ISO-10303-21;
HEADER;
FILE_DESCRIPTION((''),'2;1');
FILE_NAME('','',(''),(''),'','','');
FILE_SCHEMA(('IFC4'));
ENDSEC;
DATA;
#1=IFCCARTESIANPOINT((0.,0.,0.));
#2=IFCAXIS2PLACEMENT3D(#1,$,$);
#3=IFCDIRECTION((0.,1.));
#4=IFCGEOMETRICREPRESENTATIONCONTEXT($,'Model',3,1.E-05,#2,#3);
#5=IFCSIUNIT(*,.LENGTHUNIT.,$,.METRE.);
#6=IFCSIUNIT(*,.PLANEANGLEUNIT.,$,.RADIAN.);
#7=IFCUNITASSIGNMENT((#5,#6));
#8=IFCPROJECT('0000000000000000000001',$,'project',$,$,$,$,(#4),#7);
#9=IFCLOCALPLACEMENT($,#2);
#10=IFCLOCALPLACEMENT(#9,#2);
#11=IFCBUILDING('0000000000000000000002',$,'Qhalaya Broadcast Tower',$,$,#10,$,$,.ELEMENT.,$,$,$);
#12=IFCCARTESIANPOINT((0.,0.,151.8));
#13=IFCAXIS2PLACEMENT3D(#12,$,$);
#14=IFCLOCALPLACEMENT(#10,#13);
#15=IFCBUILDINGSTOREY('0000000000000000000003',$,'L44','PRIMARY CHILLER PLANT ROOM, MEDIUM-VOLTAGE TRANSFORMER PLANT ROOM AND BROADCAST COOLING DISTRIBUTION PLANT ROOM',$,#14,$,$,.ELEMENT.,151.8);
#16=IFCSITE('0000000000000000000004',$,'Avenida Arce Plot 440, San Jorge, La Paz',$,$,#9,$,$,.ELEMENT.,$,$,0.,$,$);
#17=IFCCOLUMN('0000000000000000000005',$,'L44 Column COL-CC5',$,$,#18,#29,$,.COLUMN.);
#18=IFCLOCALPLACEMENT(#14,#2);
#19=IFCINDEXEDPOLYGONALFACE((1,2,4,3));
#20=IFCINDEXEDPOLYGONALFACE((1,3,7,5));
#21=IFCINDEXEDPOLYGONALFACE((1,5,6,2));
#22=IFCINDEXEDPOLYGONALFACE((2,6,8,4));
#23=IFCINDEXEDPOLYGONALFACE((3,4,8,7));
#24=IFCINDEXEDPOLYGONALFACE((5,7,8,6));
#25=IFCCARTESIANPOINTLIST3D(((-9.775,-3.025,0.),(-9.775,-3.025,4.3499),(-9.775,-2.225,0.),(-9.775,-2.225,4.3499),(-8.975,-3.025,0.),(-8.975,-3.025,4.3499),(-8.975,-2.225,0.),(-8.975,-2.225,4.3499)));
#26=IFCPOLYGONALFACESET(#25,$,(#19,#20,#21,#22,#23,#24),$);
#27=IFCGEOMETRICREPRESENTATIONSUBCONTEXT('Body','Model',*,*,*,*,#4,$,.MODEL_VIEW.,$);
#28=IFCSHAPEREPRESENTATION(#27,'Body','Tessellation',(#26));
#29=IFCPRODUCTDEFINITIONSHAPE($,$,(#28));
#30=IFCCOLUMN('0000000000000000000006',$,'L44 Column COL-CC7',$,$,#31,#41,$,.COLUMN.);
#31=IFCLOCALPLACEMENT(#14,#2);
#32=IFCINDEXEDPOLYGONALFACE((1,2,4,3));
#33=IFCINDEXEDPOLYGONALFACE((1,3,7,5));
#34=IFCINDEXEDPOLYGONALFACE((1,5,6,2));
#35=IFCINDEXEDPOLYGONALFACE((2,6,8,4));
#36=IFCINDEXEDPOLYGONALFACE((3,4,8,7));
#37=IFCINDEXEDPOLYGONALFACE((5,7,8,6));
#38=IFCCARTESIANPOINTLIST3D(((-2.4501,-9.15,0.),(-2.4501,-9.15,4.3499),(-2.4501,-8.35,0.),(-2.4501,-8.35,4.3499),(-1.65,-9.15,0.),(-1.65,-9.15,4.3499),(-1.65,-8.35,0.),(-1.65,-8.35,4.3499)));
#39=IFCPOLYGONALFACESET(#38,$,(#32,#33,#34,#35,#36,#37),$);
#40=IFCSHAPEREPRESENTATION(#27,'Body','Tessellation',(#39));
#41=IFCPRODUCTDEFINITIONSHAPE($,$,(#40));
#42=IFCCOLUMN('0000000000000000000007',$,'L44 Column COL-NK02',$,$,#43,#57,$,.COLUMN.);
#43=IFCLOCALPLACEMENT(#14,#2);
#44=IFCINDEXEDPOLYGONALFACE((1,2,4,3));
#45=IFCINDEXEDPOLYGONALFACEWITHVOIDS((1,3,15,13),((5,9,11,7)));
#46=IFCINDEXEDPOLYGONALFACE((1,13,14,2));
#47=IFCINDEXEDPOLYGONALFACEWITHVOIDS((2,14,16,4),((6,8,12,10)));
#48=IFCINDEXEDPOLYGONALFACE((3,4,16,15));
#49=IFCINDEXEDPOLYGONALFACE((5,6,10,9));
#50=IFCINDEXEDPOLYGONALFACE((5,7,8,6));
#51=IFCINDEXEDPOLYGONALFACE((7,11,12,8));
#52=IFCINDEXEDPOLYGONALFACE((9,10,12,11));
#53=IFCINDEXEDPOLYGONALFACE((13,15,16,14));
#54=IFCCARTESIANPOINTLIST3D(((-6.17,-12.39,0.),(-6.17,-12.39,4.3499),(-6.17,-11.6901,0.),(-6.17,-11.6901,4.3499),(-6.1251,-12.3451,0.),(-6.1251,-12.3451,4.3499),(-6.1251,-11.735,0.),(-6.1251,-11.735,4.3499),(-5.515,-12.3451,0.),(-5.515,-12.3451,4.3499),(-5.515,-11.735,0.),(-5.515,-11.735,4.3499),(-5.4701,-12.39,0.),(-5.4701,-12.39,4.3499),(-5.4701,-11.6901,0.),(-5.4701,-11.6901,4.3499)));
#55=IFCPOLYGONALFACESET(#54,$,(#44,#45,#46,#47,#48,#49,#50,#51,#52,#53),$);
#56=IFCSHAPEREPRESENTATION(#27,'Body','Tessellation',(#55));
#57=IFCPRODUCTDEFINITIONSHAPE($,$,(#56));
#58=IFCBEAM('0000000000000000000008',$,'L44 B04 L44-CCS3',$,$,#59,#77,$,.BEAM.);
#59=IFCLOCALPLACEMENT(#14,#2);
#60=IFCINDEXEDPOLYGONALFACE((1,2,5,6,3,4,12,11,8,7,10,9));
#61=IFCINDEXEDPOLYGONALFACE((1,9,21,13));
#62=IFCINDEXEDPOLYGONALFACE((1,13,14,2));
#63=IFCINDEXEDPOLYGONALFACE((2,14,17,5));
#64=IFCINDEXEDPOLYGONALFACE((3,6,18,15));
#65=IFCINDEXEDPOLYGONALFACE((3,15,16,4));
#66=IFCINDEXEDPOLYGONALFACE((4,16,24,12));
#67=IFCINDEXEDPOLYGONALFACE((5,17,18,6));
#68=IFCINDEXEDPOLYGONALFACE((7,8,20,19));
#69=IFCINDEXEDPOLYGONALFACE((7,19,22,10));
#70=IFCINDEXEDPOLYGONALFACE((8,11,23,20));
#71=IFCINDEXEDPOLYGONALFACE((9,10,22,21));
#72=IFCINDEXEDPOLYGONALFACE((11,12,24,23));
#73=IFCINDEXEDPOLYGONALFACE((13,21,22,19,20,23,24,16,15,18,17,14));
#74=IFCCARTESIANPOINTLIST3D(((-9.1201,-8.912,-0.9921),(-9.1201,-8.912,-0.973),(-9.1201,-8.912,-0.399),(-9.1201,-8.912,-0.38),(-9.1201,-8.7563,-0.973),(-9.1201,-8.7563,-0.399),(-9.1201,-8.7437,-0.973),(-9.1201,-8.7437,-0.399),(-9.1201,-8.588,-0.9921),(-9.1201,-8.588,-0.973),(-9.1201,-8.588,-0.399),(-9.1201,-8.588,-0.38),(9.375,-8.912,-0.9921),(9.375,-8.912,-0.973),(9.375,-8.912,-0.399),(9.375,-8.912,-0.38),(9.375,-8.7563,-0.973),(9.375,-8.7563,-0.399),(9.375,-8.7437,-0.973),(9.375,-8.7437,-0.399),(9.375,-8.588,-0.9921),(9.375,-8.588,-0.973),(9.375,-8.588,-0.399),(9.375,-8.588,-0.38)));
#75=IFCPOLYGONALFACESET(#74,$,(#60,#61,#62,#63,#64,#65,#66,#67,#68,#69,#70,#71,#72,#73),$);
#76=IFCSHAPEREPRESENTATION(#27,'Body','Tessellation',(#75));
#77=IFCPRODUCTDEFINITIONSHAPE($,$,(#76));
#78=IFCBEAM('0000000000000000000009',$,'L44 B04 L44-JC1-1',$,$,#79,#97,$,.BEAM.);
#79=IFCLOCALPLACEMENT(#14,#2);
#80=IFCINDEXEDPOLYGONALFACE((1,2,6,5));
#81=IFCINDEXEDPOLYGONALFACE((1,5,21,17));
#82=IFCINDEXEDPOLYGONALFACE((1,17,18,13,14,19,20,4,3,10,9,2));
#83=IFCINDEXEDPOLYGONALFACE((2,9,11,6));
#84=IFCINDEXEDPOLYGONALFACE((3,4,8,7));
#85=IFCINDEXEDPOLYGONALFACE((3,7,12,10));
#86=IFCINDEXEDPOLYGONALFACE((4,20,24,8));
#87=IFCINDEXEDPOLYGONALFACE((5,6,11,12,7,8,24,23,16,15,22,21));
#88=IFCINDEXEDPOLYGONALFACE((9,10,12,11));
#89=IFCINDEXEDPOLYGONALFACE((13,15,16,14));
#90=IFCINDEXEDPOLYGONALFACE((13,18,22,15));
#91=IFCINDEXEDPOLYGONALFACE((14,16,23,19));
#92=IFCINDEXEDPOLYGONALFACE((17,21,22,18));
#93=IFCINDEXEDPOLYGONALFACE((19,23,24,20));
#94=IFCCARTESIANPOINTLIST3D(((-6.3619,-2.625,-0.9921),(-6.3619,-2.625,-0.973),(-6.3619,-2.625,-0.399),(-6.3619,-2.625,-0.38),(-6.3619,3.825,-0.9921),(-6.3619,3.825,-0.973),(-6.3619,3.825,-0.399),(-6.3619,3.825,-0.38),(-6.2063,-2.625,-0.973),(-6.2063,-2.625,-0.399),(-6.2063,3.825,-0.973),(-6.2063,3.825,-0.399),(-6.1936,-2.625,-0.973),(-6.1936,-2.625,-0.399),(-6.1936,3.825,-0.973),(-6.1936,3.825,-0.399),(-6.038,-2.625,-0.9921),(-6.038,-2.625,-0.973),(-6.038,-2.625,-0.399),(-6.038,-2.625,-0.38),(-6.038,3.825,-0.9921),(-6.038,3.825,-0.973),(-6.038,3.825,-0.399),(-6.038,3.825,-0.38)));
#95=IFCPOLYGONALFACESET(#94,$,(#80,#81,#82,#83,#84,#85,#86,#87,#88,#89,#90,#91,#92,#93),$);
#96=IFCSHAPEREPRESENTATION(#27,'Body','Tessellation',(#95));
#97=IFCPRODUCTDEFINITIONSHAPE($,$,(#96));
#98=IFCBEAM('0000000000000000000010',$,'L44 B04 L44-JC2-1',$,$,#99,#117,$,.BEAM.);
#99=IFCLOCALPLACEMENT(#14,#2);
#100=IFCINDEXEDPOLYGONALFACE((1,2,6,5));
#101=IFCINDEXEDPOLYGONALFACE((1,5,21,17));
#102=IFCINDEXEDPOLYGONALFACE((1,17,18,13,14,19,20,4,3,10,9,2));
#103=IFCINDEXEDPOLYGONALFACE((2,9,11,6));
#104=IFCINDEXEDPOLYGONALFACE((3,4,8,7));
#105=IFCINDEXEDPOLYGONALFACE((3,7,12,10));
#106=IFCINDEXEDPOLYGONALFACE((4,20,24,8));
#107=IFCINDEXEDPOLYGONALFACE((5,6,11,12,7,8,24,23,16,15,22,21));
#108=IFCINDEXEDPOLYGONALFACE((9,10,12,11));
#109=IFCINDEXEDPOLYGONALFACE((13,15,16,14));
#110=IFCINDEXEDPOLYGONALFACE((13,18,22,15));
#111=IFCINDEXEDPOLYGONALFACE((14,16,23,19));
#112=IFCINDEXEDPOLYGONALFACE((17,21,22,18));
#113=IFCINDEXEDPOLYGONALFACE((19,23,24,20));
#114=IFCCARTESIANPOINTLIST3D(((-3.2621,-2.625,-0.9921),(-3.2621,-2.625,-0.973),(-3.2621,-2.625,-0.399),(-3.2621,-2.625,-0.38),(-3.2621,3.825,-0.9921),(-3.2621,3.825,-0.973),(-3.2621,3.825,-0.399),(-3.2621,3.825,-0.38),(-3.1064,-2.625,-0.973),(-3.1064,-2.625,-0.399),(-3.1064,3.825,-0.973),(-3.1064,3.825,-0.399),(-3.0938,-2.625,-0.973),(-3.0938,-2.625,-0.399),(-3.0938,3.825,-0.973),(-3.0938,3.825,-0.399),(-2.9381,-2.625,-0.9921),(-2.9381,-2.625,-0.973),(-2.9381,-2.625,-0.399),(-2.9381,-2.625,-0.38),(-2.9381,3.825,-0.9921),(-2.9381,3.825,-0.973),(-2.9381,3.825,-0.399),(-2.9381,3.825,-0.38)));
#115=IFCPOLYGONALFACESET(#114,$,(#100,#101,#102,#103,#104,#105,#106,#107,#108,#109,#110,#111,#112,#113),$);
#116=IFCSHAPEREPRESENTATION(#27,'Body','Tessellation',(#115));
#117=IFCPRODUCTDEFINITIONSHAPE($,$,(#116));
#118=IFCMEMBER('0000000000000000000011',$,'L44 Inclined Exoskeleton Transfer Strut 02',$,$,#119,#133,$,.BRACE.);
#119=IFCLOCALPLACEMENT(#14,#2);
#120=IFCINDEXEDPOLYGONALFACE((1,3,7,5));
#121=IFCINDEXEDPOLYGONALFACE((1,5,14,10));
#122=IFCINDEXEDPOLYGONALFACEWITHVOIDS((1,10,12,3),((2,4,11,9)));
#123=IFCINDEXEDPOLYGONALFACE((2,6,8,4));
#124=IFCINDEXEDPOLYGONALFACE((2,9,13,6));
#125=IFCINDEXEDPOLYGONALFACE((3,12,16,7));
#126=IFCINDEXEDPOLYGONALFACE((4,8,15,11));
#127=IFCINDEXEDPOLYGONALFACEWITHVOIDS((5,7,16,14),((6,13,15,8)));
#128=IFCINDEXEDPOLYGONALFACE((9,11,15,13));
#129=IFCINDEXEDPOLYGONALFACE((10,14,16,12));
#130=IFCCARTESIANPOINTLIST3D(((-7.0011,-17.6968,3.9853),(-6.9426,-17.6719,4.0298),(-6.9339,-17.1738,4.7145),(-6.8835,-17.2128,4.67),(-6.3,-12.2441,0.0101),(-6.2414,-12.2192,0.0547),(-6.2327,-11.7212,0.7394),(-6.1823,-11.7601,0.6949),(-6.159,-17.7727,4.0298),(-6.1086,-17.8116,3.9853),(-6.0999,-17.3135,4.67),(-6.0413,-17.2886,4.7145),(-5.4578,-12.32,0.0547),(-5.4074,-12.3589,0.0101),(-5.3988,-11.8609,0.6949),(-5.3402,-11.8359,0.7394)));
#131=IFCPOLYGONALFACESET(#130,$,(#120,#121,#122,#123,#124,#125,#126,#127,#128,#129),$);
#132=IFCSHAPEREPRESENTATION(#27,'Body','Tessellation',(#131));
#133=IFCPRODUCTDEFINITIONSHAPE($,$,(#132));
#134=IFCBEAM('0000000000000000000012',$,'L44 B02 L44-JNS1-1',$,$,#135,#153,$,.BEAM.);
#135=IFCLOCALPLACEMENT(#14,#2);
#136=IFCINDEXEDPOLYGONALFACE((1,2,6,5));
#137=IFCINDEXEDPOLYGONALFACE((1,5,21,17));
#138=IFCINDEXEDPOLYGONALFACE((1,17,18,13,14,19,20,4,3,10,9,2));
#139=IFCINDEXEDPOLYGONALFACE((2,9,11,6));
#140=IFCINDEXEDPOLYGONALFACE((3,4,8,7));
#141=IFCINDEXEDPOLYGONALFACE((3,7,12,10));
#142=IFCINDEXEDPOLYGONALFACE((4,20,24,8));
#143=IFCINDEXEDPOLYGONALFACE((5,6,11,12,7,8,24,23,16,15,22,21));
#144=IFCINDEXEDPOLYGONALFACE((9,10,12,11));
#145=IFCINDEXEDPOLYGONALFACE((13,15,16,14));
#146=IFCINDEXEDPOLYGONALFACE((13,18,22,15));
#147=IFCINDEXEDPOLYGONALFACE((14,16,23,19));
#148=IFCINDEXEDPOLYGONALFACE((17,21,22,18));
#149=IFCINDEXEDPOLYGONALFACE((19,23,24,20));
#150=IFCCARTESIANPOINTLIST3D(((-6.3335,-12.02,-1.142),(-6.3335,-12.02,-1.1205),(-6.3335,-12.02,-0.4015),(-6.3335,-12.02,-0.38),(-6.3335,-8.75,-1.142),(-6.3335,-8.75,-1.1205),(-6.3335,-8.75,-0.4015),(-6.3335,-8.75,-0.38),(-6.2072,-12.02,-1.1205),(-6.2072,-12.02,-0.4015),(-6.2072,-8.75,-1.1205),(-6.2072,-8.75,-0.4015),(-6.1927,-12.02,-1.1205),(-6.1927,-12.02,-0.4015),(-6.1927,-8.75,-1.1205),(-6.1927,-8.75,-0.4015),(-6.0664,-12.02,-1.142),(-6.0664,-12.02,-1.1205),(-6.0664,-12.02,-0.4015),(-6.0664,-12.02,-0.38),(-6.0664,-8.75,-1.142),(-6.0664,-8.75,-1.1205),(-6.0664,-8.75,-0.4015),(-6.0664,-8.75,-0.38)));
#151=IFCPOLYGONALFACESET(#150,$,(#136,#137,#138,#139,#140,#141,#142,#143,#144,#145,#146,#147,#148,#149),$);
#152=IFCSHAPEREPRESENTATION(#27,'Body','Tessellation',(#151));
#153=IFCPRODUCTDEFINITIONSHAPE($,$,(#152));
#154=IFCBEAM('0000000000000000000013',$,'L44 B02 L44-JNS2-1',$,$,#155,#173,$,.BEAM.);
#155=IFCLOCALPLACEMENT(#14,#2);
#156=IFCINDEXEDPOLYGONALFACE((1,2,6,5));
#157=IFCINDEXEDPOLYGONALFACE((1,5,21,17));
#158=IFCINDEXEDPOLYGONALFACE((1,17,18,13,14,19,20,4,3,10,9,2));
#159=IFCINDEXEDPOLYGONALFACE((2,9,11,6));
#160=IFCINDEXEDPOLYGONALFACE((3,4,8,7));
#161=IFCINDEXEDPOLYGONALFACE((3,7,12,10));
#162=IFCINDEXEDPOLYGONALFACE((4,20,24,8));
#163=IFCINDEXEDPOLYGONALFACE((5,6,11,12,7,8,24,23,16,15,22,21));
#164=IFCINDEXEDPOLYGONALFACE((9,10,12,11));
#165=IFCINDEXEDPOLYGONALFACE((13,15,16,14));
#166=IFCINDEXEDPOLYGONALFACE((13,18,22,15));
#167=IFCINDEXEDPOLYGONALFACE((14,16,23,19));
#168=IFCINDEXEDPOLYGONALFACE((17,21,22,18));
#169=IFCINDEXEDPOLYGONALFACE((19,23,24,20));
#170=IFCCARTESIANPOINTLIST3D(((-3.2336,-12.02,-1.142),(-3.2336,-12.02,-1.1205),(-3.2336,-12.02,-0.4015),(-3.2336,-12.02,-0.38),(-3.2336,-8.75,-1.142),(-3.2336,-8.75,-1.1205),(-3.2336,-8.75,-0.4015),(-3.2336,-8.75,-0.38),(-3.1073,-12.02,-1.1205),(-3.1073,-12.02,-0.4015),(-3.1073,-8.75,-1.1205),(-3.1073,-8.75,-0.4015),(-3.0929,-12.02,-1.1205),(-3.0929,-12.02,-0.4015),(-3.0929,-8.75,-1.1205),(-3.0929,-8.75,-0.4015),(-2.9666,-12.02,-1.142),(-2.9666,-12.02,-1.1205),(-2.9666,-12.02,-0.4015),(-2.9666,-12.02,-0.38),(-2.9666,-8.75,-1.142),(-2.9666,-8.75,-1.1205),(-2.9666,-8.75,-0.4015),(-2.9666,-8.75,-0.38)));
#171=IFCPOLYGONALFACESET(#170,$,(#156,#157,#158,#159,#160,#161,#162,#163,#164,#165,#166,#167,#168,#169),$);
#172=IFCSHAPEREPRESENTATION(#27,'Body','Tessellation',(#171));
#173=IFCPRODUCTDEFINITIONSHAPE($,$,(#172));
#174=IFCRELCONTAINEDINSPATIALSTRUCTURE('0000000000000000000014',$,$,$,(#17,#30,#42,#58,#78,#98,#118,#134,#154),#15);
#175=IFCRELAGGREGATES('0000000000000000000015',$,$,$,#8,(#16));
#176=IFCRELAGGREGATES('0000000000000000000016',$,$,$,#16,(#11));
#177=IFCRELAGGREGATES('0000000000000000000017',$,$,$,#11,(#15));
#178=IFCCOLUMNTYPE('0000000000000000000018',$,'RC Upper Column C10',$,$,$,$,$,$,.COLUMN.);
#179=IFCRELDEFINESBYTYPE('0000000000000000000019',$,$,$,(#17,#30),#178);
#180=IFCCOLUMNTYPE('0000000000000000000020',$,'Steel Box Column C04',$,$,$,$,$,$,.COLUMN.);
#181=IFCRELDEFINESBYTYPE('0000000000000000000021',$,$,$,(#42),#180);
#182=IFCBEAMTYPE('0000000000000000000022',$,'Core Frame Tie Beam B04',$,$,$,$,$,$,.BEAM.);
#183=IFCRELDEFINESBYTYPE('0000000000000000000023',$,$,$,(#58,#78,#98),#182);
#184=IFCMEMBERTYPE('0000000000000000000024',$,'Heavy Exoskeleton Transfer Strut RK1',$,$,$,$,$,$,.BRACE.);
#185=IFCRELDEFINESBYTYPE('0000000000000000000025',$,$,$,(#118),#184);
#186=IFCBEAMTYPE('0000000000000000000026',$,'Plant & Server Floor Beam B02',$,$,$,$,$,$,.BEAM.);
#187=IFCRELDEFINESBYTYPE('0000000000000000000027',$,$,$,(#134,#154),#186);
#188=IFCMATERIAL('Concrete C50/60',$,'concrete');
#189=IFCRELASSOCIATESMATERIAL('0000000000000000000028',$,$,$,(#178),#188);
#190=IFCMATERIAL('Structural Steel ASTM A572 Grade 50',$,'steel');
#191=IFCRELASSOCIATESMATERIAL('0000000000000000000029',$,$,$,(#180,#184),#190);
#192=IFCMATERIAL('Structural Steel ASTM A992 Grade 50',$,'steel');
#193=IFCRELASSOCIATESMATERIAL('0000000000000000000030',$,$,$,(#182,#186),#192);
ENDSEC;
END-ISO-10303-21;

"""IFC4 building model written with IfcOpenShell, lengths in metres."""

from ifc_helpers import new_model, si_unit, direction, frame, origin, origin_2d, place, context, subcontext, project, spatial, rectangle, hollow_rectangle, i_section, extrude, material, material_profile, profile_set, type_object, element, save


model = new_model("IFC4")

# Units and contexts
model_context = context("Model", 3, precision=1e-05, world=origin(), true_north=direction((0.0, 1.0)))
body_context = subcontext(model_context, "Body", "Model", "MODEL_VIEW")
ifc_project = project(units=[si_unit("LENGTHUNIT", "METRE"), si_unit("PLANEANGLEUNIT", "RADIAN")], contexts=[model_context])

# Site, building, storey
site_placement = place(None, origin())
site = spatial("IfcSite", under=ifc_project, at=site_placement, Name="Avenida Arce Plot 440, San Jorge, La Paz", CompositionType="ELEMENT", RefElevation=0.0)
building_placement = place(site_placement, origin())
building = spatial("IfcBuilding", under=site, at=building_placement, Name="Qhalaya Broadcast Tower", CompositionType="ELEMENT")
storey_placement = place(building_placement, frame((0.0, 0.0, 151.8)))
storey = spatial("IfcBuildingStorey", under=building, at=storey_placement, Name="L44", Description="PRIMARY CHILLER PLANT ROOM, MEDIUM-VOLTAGE TRANSFORMER PLANT ROOM AND BROADCAST COOLING DISTRIBUTION PLANT ROOM", CompositionType="ELEMENT", Elevation=151.8)

# Columns
ifc_material_1 = material(Name="Concrete C50/60", Category="concrete")
ifc_material_profile_1 = material_profile(ifc_material_1, rectangle(XDim=0.8, YDim=0.8, at=origin_2d()), Name="RC-COL 800x800")
ifc_profile_set_1 = profile_set([ifc_material_profile_1], Name="Concrete C50/60")
column_type_1 = type_object("IfcColumnType", Name="RC Upper Column C10", PredefinedType="COLUMN", material=ifc_profile_set_1)
for number, where, z_axis, x_axis, name in (
    (1, (-9.375, -2.625, 0.0), (0.0, 0.0, 1.0), (1.0, 0.0, 0.0), "L44 Column COL-CC5"),
    (2, (-2.05, -8.75, 0.0), (0.0, 0.0, 1.0), (1.0, 0.0, 0.0), "L44 Column COL-CC7"),
):
    element("IfcColumn", number, at=place(storey_placement, frame(where, z_axis=z_axis, x_axis=x_axis)), inside=storey, type_object=column_type_1, Name=name, PredefinedType="COLUMN", context=body_context, shape_type="SweptSolid", body=[
        extrude(rectangle(XDim=0.8, YDim=0.8, at=origin_2d()), origin(), (0.0, 0.0, 1.0), 4.3499),
    ])
ifc_material_2 = material(Name="Structural Steel ASTM A572 Grade 50", Category="steel")
ifc_material_profile_2 = material_profile(ifc_material_2, hollow_rectangle(XDim=0.7, YDim=0.7, WallThickness=0.0449, at=origin_2d()), Name="BOX 700x700x45")
ifc_profile_set_2 = profile_set([ifc_material_profile_2], Name="Structural Steel ASTM A572 Grade 50")
column_type_2 = type_object("IfcColumnType", Name="Steel Box Column C04", PredefinedType="COLUMN", material=ifc_profile_set_2)
column_placement = place(storey_placement, frame((-5.8201, -12.04, 0.0), z_axis=(0.0, 0.0, 1.0), x_axis=(1.0, 0.0, 0.0)))
element("IfcColumn", 3, at=column_placement, inside=storey, type_object=column_type_2, Name="L44 Column COL-NK02", PredefinedType="COLUMN", context=body_context, shape_type="SweptSolid", body=[
    extrude(hollow_rectangle(XDim=0.7, YDim=0.7, WallThickness=0.0449, at=origin_2d()), origin(), (0.0, 0.0, 1.0), 4.3499),
])

# Beams
ifc_material_3 = material(Name="Structural Steel ASTM A992 Grade 50", Category="steel")
ifc_material_profile_3 = material_profile(ifc_material_3, i_section(OverallWidth=0.324, OverallDepth=0.6121, WebThickness=0.0127, FlangeThickness=0.019, at=origin_2d()), Name="W24X104")
ifc_profile_set_3 = profile_set([ifc_material_profile_3], Name="Structural Steel ASTM A992 Grade 50")
beam_type_1 = type_object("IfcBeamType", Name="Core Frame Tie Beam B04", PredefinedType="BEAM", material=ifc_profile_set_3)
beam_1_placement = place(storey_placement, frame((-9.1201, -8.75, -0.686), z_axis=(1.0, 0.0, 0.0), x_axis=(0.0, 1.0, 0.0)))
element("IfcBeam", 4, at=beam_1_placement, inside=storey, type_object=beam_type_1, Name="L44 B04 L44-CCS3", PredefinedType="BEAM", context=body_context, shape_type="SweptSolid", body=[
    extrude(i_section(OverallWidth=0.324, OverallDepth=0.6121, WebThickness=0.0127, FlangeThickness=0.019, at=origin_2d()), origin(), (0.0, 0.0, 1.0), 18.4951),
])
for number, where, z_axis, x_axis, name in (
    (5, (-6.2, -2.625, -0.686), (0.0, 1.0, 0.0), (-1.0, 0.0, 0.0), "L44 B04 L44-JC1-1"),
    (6, (-3.1001, -2.625, -0.686), (0.0, 1.0, 0.0), (-1.0, 0.0, 0.0), "L44 B04 L44-JC2-1"),
):
    element("IfcBeam", number, at=place(storey_placement, frame(where, z_axis=z_axis, x_axis=x_axis)), inside=storey, type_object=beam_type_1, Name=name, PredefinedType="BEAM", context=body_context, shape_type="SweptSolid", body=[
        extrude(i_section(OverallWidth=0.324, OverallDepth=0.6121, WebThickness=0.0127, FlangeThickness=0.019, at=origin_2d()), origin(), (0.0, 0.0, 1.0), 6.45),
    ])

# Member
ifc_material_profile_4 = material_profile(ifc_material_2, hollow_rectangle(XDim=0.8999, YDim=0.8999, WallThickness=0.0549, at=origin_2d()), Name="BOX 900x900x55")
ifc_profile_set_4 = profile_set([ifc_material_profile_4], Name="Structural Steel ASTM A572 Grade 50")
member_type = type_object("IfcMemberType", Name="Heavy Exoskeleton Transfer Strut RK1", PredefinedType="BRACE", material=ifc_profile_set_4)
member_placement = place(storey_placement, frame((-5.8201, -12.04, 0.3748), z_axis=(-0.103355, -0.803735, 0.585941), x_axis=(0.991833, -0.127543, 0.0)))
element("IfcMember", 7, at=member_placement, inside=storey, type_object=member_type, Name="L44 Inclined Exoskeleton Transfer Strut 02", PredefinedType="BRACE", context=body_context, shape_type="SweptSolid", body=[
    extrude(hollow_rectangle(XDim=0.8999, YDim=0.8999, WallThickness=0.0549, at=origin_2d()), origin(), (0.0, 0.0, 1.0), 6.7842),
])

# Beams
ifc_material_profile_5 = material_profile(ifc_material_3, i_section(OverallWidth=0.2671, OverallDepth=0.762, WebThickness=0.0144, FlangeThickness=0.0215, at=origin_2d()), Name="W30X116")
ifc_profile_set_5 = profile_set([ifc_material_profile_5], Name="Structural Steel ASTM A992 Grade 50")
beam_type_2 = type_object("IfcBeamType", Name="Plant & Server Floor Beam B02", PredefinedType="BEAM", material=ifc_profile_set_5)
for number, where, z_axis, x_axis, name in (
    (8, (-6.2, -12.02, -0.761), (0.0, 1.0, 0.0), (-1.0, 0.0, 0.0), "L44 B02 L44-JNS1-1"),
    (9, (-3.1001, -12.02, -0.761), (0.0, 1.0, 0.0), (-1.0, 0.0, 0.0), "L44 B02 L44-JNS2-1"),
):
    element("IfcBeam", number, at=place(storey_placement, frame(where, z_axis=z_axis, x_axis=x_axis)), inside=storey, type_object=beam_type_2, Name=name, PredefinedType="BEAM", context=body_context, shape_type="SweptSolid", body=[
        extrude(i_section(OverallWidth=0.2671, OverallDepth=0.762, WebThickness=0.0144, FlangeThickness=0.0215, at=origin_2d()), origin(), (0.0, 0.0, 1.0), 3.27),
    ])

save(model, "model.ifc")
